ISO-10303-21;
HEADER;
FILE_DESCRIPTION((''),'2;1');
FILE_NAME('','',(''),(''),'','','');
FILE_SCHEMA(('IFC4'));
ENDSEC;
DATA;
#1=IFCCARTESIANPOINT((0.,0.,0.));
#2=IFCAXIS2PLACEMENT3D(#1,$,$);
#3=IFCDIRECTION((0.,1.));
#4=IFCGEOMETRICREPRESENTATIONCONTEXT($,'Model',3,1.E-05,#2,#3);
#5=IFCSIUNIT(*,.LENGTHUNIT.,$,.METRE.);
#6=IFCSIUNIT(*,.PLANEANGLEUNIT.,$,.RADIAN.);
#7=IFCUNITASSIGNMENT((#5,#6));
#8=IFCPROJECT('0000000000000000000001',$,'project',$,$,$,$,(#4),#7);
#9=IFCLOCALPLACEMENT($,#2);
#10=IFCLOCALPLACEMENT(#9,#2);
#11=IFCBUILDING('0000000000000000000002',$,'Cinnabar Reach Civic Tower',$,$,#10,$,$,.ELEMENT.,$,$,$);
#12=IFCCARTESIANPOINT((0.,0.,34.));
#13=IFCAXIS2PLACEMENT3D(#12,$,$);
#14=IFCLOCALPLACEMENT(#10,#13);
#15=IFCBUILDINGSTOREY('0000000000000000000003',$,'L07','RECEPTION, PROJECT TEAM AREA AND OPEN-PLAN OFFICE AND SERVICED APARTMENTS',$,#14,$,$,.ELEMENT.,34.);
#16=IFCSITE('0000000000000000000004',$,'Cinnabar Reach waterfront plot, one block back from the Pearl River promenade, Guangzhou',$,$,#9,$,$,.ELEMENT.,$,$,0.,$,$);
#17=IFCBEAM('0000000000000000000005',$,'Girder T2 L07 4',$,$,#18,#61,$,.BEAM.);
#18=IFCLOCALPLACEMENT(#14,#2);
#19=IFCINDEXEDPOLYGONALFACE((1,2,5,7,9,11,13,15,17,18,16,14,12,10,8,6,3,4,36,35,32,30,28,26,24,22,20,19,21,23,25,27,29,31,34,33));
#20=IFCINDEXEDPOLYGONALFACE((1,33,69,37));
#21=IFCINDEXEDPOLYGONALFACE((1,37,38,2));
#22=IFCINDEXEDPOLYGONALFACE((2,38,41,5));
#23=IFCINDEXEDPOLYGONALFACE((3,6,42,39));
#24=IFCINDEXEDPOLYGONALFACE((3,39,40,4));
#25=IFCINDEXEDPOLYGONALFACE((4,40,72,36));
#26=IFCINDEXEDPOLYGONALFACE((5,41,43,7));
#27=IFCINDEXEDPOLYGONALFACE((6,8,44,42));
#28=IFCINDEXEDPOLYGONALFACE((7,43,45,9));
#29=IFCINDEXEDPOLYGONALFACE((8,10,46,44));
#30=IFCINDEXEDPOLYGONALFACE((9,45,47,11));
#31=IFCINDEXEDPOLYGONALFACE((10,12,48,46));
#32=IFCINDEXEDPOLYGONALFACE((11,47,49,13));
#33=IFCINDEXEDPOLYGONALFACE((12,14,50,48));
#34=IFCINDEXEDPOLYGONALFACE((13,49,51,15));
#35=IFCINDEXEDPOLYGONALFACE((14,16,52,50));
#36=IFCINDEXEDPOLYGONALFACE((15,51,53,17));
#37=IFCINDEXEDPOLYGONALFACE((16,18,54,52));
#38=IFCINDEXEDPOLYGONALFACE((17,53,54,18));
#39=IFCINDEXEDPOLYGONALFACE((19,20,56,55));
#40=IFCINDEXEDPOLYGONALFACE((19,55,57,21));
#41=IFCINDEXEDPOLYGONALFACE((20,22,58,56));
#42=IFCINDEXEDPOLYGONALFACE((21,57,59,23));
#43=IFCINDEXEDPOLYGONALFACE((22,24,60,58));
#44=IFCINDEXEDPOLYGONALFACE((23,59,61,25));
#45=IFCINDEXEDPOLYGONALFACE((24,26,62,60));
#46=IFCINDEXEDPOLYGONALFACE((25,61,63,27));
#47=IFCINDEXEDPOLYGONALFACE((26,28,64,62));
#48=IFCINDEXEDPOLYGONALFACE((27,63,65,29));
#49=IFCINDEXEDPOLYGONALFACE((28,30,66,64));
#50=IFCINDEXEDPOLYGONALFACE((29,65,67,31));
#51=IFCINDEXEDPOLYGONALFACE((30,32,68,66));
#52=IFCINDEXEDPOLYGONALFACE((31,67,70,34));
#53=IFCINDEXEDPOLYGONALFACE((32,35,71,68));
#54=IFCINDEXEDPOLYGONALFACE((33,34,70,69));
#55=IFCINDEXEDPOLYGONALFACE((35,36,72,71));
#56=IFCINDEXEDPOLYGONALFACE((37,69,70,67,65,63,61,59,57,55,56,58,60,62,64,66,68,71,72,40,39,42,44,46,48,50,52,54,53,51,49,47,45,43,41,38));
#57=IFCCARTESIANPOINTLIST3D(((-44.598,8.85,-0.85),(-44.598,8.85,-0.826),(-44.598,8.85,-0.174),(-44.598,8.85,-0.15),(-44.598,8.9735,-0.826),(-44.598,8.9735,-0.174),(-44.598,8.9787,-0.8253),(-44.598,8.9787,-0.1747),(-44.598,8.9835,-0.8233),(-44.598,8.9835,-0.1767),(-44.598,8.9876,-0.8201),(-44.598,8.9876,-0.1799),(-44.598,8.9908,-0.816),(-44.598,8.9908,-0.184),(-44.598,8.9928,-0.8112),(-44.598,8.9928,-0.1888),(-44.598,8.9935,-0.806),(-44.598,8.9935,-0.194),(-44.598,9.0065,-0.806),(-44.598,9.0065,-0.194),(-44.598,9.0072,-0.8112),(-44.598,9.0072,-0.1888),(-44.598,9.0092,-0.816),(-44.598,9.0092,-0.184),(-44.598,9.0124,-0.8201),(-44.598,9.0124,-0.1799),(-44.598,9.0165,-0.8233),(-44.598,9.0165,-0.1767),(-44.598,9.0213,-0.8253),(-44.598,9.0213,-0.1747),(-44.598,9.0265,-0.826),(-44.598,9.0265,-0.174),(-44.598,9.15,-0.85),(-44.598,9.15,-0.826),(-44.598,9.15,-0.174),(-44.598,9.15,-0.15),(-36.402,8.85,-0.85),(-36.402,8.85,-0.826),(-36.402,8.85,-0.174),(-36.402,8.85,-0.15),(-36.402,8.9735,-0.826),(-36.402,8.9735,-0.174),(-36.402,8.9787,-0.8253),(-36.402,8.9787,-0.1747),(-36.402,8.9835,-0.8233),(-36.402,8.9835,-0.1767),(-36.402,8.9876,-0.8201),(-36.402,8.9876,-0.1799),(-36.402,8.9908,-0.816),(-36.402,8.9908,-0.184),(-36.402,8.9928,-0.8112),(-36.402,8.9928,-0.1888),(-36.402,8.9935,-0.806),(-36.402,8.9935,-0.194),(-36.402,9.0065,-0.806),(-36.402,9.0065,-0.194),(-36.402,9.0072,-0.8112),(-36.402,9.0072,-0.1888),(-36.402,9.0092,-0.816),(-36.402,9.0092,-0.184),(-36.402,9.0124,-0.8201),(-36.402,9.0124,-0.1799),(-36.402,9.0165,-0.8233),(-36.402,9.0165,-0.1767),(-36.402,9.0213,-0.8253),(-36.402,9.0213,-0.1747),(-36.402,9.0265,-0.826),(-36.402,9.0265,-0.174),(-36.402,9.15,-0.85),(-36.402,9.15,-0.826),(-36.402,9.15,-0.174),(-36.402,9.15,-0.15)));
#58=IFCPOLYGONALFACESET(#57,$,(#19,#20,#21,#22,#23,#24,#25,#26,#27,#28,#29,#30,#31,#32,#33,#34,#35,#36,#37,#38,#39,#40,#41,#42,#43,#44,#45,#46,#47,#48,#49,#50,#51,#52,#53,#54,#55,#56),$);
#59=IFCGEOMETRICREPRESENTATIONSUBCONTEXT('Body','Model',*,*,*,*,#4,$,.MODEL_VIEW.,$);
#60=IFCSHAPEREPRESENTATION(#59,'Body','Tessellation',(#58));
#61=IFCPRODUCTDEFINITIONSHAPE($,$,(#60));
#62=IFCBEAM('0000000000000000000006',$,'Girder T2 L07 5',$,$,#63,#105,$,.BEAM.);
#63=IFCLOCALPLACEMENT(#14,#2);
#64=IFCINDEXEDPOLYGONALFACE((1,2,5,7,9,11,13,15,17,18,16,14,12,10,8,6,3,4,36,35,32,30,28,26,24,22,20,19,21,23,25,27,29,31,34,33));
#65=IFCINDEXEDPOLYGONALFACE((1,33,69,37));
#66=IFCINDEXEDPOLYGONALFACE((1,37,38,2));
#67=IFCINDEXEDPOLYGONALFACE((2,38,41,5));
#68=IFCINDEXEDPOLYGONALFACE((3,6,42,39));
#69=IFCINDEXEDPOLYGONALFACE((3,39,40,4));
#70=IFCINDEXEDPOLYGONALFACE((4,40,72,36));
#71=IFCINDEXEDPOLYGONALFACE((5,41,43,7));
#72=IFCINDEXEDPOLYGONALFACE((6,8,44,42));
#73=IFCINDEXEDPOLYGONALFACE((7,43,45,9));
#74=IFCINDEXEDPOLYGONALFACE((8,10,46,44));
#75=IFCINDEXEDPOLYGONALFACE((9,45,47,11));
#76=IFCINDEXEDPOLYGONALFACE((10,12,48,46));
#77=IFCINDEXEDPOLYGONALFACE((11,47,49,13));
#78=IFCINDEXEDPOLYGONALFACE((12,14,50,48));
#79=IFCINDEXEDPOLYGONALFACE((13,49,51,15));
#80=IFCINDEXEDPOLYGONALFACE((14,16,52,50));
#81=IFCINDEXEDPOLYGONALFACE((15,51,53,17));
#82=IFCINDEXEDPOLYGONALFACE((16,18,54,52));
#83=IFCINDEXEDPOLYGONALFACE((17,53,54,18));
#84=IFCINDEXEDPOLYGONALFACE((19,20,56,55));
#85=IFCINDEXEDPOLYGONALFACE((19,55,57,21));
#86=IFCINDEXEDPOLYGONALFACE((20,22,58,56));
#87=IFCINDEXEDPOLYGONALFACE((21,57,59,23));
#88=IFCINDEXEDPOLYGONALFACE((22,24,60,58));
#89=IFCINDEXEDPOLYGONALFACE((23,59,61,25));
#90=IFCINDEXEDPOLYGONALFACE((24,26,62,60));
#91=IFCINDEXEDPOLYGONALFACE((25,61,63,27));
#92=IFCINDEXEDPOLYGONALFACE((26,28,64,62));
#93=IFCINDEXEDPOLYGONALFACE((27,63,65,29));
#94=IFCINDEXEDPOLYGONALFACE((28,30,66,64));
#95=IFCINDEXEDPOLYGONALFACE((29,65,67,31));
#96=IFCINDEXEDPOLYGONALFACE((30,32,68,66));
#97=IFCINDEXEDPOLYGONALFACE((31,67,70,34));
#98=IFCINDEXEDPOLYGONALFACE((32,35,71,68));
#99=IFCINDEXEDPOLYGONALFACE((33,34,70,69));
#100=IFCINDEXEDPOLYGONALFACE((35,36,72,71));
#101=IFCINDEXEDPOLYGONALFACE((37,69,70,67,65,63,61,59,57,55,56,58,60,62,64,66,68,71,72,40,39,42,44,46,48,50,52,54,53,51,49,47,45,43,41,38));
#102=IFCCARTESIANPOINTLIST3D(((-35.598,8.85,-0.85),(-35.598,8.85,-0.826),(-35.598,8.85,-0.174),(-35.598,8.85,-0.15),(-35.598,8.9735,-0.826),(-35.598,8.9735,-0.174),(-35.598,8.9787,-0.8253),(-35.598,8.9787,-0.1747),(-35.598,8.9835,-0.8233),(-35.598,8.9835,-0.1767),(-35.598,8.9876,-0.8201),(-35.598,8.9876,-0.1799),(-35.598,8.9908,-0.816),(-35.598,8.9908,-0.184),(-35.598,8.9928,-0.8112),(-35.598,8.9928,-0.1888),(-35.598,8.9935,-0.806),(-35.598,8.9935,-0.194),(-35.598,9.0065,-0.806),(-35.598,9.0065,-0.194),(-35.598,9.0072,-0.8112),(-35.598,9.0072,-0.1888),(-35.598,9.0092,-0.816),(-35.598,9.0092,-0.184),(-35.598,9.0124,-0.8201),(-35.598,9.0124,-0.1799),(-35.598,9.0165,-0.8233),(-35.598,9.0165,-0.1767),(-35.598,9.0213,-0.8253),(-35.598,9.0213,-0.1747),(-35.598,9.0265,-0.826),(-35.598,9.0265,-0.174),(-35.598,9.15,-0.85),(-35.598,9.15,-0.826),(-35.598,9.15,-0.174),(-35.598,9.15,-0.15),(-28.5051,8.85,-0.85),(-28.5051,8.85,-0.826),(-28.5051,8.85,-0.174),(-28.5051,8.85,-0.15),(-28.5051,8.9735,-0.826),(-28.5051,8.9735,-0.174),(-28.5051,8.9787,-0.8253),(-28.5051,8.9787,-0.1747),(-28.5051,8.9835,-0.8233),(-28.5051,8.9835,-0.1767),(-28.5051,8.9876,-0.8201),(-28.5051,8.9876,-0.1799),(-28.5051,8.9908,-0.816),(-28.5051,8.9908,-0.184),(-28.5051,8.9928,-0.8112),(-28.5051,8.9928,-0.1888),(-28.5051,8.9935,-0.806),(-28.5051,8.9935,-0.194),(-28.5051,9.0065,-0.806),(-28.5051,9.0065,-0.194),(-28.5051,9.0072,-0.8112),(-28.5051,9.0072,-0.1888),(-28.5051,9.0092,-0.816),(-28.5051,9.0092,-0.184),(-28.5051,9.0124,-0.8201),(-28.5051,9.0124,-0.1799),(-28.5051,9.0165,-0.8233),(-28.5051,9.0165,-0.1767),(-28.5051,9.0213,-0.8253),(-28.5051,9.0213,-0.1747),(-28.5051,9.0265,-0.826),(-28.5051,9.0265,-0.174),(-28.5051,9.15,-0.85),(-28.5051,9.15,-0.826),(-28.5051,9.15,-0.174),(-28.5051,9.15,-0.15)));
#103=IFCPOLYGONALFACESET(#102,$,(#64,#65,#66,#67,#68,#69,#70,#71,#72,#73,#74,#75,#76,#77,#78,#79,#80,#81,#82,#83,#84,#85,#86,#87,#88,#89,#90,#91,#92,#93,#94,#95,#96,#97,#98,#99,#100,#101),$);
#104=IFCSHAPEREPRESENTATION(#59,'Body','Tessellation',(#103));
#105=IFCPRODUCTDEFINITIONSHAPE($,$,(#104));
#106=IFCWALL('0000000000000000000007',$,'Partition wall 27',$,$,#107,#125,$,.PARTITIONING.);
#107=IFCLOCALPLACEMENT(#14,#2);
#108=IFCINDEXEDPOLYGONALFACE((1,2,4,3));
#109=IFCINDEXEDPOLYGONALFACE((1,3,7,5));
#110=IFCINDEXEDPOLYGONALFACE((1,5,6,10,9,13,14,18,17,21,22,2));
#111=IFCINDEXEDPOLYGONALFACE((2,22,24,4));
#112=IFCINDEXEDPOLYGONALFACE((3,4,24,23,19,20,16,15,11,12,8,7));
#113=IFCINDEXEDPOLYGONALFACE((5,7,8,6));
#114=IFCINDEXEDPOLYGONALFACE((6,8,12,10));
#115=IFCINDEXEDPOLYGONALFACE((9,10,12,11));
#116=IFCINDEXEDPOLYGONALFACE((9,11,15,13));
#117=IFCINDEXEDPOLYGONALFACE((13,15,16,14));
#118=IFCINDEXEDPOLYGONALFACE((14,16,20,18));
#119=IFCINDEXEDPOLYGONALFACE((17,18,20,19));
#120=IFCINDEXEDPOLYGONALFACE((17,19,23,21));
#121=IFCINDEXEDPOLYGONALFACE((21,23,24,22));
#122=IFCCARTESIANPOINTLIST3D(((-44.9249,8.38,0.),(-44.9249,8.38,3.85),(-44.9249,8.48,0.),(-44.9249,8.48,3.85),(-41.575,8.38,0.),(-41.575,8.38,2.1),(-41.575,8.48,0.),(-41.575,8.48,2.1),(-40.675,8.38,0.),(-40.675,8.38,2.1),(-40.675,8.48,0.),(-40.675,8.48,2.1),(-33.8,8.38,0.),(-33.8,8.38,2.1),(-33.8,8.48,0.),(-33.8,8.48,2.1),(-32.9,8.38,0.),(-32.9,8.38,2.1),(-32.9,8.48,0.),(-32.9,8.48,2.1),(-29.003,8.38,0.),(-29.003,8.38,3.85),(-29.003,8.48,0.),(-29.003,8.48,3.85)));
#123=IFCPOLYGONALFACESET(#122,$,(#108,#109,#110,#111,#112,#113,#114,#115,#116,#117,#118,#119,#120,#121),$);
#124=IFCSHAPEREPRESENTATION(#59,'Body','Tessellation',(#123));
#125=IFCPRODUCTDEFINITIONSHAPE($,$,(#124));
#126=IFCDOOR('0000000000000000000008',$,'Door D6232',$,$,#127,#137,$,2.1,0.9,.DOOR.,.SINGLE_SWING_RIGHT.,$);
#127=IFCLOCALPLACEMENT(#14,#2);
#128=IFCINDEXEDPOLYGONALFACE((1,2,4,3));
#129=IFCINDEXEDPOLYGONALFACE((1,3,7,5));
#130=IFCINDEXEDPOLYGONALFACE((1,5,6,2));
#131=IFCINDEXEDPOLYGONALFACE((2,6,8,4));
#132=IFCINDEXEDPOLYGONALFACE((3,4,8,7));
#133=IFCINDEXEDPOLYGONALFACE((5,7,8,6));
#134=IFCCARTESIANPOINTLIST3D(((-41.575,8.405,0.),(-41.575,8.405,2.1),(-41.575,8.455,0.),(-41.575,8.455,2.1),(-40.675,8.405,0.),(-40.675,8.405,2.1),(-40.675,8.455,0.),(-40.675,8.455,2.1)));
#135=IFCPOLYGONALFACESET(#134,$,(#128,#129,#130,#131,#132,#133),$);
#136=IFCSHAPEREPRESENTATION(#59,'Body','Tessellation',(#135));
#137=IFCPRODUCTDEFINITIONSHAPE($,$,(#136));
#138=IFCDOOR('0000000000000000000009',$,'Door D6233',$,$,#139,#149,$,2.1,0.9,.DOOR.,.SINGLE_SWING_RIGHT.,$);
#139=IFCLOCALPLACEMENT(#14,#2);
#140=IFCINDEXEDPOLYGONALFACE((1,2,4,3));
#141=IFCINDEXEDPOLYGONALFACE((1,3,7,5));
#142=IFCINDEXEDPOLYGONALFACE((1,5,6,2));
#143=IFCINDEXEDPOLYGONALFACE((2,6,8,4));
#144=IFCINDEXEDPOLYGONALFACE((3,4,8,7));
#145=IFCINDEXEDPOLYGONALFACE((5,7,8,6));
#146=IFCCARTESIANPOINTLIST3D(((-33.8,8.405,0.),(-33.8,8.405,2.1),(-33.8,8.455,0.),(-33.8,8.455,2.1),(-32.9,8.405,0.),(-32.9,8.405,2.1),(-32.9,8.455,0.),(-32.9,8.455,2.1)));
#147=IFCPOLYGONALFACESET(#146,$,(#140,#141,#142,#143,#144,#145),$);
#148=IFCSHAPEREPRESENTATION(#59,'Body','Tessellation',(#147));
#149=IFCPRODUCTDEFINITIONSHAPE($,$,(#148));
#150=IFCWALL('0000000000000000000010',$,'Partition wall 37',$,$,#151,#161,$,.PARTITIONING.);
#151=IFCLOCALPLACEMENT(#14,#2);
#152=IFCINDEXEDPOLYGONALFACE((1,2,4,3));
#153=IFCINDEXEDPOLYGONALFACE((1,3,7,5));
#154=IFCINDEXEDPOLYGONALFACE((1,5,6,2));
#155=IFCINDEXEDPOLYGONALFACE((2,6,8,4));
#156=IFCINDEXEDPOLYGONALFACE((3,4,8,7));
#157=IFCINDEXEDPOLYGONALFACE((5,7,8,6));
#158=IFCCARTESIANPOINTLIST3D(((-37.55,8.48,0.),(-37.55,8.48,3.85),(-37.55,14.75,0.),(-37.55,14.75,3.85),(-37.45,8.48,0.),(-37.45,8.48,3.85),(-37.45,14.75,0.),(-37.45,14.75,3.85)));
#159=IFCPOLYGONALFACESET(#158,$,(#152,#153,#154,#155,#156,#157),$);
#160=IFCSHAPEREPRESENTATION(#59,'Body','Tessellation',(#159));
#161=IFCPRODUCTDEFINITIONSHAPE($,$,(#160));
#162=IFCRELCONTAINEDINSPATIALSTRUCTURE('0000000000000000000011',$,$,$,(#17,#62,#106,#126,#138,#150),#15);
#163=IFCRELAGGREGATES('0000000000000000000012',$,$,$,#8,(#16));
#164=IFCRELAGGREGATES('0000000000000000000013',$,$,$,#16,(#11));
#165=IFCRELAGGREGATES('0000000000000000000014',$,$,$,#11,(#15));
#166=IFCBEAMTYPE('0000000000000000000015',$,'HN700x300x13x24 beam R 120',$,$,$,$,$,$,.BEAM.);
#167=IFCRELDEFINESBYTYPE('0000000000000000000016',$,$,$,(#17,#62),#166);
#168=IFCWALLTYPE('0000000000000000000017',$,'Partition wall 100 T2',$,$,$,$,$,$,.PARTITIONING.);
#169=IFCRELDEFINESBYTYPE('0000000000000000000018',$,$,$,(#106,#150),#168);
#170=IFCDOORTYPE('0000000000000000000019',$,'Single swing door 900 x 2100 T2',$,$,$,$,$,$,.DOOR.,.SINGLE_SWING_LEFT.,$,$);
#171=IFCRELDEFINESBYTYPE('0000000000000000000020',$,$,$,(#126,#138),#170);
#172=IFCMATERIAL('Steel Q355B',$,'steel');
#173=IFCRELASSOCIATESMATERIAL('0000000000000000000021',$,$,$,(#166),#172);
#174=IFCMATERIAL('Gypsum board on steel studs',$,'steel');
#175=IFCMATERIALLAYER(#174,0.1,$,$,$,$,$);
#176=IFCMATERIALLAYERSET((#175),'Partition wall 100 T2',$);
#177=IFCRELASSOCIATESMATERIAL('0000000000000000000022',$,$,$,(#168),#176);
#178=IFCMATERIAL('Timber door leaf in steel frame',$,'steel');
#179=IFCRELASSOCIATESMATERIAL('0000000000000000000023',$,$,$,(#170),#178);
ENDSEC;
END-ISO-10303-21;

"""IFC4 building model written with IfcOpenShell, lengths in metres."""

from ifc_helpers import new_model, si_unit, direction, frame, frame_2d, origin, origin_2d, place, context, subcontext, project, spatial, rectangle, i_section, extrude, material, layer, layer_set, material_profile, profile_set, type_object, element, fill, save


model = new_model("IFC4")

# Units and contexts
model_context = context("Model", 3, precision=1e-05, world=origin(), true_north=direction((0.0, 1.0)))
body_context = subcontext(model_context, "Body", "Model", "MODEL_VIEW")
ifc_project = project(units=[si_unit("LENGTHUNIT", "METRE"), si_unit("PLANEANGLEUNIT", "RADIAN")], contexts=[model_context])

# Site, building, storey
site_placement = place(None, origin())
site = spatial("IfcSite", under=ifc_project, at=site_placement, Name="Cinnabar Reach waterfront plot, one block back from the Pearl River promenade, Guangzhou", CompositionType="ELEMENT", RefElevation=0.0)
building_placement = place(site_placement, origin())
building = spatial("IfcBuilding", under=site, at=building_placement, Name="Cinnabar Reach Civic Tower", CompositionType="ELEMENT")
storey_placement = place(building_placement, frame((0.0, 0.0, 34.0)))
storey = spatial("IfcBuildingStorey", under=building, at=storey_placement, Name="L07", Description="RECEPTION, PROJECT TEAM AREA AND OPEN-PLAN OFFICE AND SERVICED APARTMENTS", CompositionType="ELEMENT", Elevation=34.0)

# Beams
ifc_material_1 = material(Name="Steel Q355B", Category="steel")
ifc_material_profile_1 = material_profile(ifc_material_1, i_section(OverallWidth=0.3, OverallDepth=0.7, WebThickness=0.013, FlangeThickness=0.024, FilletRadius=0.02, at=origin_2d()), Name="HN700x300x13x24")
ifc_profile_set_1 = profile_set([ifc_material_profile_1], Name="Steel Q355B")
beam_type_1 = type_object("IfcBeamType", Name="HN700x300x13x24 beam R 120", PredefinedType="BEAM", material=ifc_profile_set_1)
beam_1_placement = place(storey_placement, frame((-44.598, 9.0, -0.5), z_axis=(1.0, 0.0, 0.0), x_axis=(0.0, 1.0, 0.0)))
element("IfcBeam", 1, at=beam_1_placement, inside=storey, type_object=beam_type_1, Name="Girder T2 L07 4", PredefinedType="BEAM", context=body_context, shape_type="SweptSolid", body=[
    extrude(i_section(OverallWidth=0.3, OverallDepth=0.7, WebThickness=0.013, FlangeThickness=0.024, FilletRadius=0.02, at=origin_2d()), origin(), (0.0, 0.0, 1.0), 8.196),
])
beam_2_placement = place(storey_placement, frame((-35.598, 9.0, -0.5), z_axis=(1.0, 0.0, 0.0), x_axis=(0.0, 1.0, 0.0)))
element("IfcBeam", 2, at=beam_2_placement, inside=storey, type_object=beam_type_1, Name="Girder T2 L07 5", PredefinedType="BEAM", context=body_context, shape_type="SweptSolid", body=[
    extrude(i_section(OverallWidth=0.3, OverallDepth=0.7, WebThickness=0.013, FlangeThickness=0.024, FilletRadius=0.02, at=origin_2d()), origin(), (0.0, 0.0, 1.0), 7.0929),
])

# Wall, openings, doors
ifc_material_2 = material(Name="Gypsum board on steel studs", Category="steel")
ifc_layer_1 = layer(ifc_material_2, 0.1)
ifc_layer_set_1 = layer_set([ifc_layer_1], Name="Partition wall 100 T2")
wall_type_1 = type_object("IfcWallType", Name="Partition wall 100 T2", PredefinedType="PARTITIONING", material=ifc_layer_set_1)
wall_1_placement = place(storey_placement, frame((-44.925, 8.43, 0.0), z_axis=(0.0, 0.0, 1.0), x_axis=(1.0, 0.0, 0.0)))
wall_1 = element("IfcWall", 3, at=wall_1_placement, inside=storey, type_object=wall_type_1, Name="Partition wall 27", PredefinedType="PARTITIONING", context=body_context, shape_type="SweptSolid", body=[
    extrude(rectangle(XDim=15.9219, YDim=0.1, at=frame_2d((7.961, 0.0))), origin(), (0.0, 0.0, 1.0), 3.85),
])
opening_1_placement = place(wall_1_placement, frame((3.35, 0.0, 0.0)))
opening_1 = element("IfcOpeningElement", 4, at=opening_1_placement, cuts=wall_1, PredefinedType="OPENING", context=body_context, shape_type="SweptSolid", body=[
    extrude(rectangle(XDim=0.9, YDim=2.1, at=frame_2d((0.45, 1.05))), frame((0.0, 0.06, 0.0), z_axis=(0.0, -1.0, 0.0), x_axis=(1.0, 0.0, 0.0)), (0.0, 0.0, 1.0), 0.12),
])
opening_2_placement = place(wall_1_placement, frame((11.125, 0.0, 0.0)))
opening_2 = element("IfcOpeningElement", 5, at=opening_2_placement, cuts=wall_1, PredefinedType="OPENING", context=body_context, shape_type="SweptSolid", body=[
    extrude(rectangle(XDim=0.9, YDim=2.1, at=frame_2d((0.45, 1.05))), frame((0.0, 0.06, 0.0), z_axis=(0.0, -1.0, 0.0), x_axis=(1.0, 0.0, 0.0)), (0.0, 0.0, 1.0), 0.12),
])
ifc_material_3 = material(Name="Timber door leaf in steel frame", Category="steel")
door_type = type_object("IfcDoorType", Name="Single swing door 900 x 2100 T2", OperationType="SINGLE_SWING_LEFT", PredefinedType="DOOR", material=ifc_material_3)
door_1_placement = place(opening_1_placement, frame((0.9, 0.0, 0.0), z_axis=(0.0, 0.0, 1.0), x_axis=(-1.0, 0.0, 0.0)))
door_1 = element("IfcDoor", 6, at=door_1_placement, inside=storey, type_object=door_type, Name="Door D6232", OperationType="SINGLE_SWING_RIGHT", OverallHeight=2.1, OverallWidth=0.9, PredefinedType="DOOR", context=body_context, shape_type="SweptSolid", body=[
    extrude(rectangle(XDim=0.9, YDim=2.1, at=frame_2d((0.45, 1.05))), frame((0.0, 0.025, 0.0), z_axis=(0.0, -1.0, 0.0), x_axis=(1.0, 0.0, 0.0)), (0.0, 0.0, 1.0), 0.05),
])
fill(opening_1, door_1)
door_2_placement = place(opening_2_placement, frame((0.9, 0.0, 0.0), z_axis=(0.0, 0.0, 1.0), x_axis=(-1.0, 0.0, 0.0)))
door_2 = element("IfcDoor", 7, at=door_2_placement, inside=storey, type_object=door_type, Name="Door D6233", OperationType="SINGLE_SWING_RIGHT", OverallHeight=2.1, OverallWidth=0.9, PredefinedType="DOOR", context=body_context, shape_type="SweptSolid", body=[
    extrude(rectangle(XDim=0.9, YDim=2.1, at=frame_2d((0.45, 1.05))), frame((0.0, 0.025, 0.0), z_axis=(0.0, -1.0, 0.0), x_axis=(1.0, 0.0, 0.0)), (0.0, 0.0, 1.0), 0.05),
])
fill(opening_2, door_2)

# Wall
wall_2_placement = place(storey_placement, frame((-37.5, 8.48, 0.0), z_axis=(0.0, 0.0, 1.0), x_axis=(0.0, 1.0, 0.0)))
element("IfcWall", 8, at=wall_2_placement, inside=storey, type_object=wall_type_1, Name="Partition wall 37", PredefinedType="PARTITIONING", context=body_context, shape_type="SweptSolid", body=[
    extrude(rectangle(XDim=6.27, YDim=0.1, at=frame_2d((3.135, 0.0))), origin(), (0.0, 0.0, 1.0), 3.85),
])

save(model, "model.ifc")
